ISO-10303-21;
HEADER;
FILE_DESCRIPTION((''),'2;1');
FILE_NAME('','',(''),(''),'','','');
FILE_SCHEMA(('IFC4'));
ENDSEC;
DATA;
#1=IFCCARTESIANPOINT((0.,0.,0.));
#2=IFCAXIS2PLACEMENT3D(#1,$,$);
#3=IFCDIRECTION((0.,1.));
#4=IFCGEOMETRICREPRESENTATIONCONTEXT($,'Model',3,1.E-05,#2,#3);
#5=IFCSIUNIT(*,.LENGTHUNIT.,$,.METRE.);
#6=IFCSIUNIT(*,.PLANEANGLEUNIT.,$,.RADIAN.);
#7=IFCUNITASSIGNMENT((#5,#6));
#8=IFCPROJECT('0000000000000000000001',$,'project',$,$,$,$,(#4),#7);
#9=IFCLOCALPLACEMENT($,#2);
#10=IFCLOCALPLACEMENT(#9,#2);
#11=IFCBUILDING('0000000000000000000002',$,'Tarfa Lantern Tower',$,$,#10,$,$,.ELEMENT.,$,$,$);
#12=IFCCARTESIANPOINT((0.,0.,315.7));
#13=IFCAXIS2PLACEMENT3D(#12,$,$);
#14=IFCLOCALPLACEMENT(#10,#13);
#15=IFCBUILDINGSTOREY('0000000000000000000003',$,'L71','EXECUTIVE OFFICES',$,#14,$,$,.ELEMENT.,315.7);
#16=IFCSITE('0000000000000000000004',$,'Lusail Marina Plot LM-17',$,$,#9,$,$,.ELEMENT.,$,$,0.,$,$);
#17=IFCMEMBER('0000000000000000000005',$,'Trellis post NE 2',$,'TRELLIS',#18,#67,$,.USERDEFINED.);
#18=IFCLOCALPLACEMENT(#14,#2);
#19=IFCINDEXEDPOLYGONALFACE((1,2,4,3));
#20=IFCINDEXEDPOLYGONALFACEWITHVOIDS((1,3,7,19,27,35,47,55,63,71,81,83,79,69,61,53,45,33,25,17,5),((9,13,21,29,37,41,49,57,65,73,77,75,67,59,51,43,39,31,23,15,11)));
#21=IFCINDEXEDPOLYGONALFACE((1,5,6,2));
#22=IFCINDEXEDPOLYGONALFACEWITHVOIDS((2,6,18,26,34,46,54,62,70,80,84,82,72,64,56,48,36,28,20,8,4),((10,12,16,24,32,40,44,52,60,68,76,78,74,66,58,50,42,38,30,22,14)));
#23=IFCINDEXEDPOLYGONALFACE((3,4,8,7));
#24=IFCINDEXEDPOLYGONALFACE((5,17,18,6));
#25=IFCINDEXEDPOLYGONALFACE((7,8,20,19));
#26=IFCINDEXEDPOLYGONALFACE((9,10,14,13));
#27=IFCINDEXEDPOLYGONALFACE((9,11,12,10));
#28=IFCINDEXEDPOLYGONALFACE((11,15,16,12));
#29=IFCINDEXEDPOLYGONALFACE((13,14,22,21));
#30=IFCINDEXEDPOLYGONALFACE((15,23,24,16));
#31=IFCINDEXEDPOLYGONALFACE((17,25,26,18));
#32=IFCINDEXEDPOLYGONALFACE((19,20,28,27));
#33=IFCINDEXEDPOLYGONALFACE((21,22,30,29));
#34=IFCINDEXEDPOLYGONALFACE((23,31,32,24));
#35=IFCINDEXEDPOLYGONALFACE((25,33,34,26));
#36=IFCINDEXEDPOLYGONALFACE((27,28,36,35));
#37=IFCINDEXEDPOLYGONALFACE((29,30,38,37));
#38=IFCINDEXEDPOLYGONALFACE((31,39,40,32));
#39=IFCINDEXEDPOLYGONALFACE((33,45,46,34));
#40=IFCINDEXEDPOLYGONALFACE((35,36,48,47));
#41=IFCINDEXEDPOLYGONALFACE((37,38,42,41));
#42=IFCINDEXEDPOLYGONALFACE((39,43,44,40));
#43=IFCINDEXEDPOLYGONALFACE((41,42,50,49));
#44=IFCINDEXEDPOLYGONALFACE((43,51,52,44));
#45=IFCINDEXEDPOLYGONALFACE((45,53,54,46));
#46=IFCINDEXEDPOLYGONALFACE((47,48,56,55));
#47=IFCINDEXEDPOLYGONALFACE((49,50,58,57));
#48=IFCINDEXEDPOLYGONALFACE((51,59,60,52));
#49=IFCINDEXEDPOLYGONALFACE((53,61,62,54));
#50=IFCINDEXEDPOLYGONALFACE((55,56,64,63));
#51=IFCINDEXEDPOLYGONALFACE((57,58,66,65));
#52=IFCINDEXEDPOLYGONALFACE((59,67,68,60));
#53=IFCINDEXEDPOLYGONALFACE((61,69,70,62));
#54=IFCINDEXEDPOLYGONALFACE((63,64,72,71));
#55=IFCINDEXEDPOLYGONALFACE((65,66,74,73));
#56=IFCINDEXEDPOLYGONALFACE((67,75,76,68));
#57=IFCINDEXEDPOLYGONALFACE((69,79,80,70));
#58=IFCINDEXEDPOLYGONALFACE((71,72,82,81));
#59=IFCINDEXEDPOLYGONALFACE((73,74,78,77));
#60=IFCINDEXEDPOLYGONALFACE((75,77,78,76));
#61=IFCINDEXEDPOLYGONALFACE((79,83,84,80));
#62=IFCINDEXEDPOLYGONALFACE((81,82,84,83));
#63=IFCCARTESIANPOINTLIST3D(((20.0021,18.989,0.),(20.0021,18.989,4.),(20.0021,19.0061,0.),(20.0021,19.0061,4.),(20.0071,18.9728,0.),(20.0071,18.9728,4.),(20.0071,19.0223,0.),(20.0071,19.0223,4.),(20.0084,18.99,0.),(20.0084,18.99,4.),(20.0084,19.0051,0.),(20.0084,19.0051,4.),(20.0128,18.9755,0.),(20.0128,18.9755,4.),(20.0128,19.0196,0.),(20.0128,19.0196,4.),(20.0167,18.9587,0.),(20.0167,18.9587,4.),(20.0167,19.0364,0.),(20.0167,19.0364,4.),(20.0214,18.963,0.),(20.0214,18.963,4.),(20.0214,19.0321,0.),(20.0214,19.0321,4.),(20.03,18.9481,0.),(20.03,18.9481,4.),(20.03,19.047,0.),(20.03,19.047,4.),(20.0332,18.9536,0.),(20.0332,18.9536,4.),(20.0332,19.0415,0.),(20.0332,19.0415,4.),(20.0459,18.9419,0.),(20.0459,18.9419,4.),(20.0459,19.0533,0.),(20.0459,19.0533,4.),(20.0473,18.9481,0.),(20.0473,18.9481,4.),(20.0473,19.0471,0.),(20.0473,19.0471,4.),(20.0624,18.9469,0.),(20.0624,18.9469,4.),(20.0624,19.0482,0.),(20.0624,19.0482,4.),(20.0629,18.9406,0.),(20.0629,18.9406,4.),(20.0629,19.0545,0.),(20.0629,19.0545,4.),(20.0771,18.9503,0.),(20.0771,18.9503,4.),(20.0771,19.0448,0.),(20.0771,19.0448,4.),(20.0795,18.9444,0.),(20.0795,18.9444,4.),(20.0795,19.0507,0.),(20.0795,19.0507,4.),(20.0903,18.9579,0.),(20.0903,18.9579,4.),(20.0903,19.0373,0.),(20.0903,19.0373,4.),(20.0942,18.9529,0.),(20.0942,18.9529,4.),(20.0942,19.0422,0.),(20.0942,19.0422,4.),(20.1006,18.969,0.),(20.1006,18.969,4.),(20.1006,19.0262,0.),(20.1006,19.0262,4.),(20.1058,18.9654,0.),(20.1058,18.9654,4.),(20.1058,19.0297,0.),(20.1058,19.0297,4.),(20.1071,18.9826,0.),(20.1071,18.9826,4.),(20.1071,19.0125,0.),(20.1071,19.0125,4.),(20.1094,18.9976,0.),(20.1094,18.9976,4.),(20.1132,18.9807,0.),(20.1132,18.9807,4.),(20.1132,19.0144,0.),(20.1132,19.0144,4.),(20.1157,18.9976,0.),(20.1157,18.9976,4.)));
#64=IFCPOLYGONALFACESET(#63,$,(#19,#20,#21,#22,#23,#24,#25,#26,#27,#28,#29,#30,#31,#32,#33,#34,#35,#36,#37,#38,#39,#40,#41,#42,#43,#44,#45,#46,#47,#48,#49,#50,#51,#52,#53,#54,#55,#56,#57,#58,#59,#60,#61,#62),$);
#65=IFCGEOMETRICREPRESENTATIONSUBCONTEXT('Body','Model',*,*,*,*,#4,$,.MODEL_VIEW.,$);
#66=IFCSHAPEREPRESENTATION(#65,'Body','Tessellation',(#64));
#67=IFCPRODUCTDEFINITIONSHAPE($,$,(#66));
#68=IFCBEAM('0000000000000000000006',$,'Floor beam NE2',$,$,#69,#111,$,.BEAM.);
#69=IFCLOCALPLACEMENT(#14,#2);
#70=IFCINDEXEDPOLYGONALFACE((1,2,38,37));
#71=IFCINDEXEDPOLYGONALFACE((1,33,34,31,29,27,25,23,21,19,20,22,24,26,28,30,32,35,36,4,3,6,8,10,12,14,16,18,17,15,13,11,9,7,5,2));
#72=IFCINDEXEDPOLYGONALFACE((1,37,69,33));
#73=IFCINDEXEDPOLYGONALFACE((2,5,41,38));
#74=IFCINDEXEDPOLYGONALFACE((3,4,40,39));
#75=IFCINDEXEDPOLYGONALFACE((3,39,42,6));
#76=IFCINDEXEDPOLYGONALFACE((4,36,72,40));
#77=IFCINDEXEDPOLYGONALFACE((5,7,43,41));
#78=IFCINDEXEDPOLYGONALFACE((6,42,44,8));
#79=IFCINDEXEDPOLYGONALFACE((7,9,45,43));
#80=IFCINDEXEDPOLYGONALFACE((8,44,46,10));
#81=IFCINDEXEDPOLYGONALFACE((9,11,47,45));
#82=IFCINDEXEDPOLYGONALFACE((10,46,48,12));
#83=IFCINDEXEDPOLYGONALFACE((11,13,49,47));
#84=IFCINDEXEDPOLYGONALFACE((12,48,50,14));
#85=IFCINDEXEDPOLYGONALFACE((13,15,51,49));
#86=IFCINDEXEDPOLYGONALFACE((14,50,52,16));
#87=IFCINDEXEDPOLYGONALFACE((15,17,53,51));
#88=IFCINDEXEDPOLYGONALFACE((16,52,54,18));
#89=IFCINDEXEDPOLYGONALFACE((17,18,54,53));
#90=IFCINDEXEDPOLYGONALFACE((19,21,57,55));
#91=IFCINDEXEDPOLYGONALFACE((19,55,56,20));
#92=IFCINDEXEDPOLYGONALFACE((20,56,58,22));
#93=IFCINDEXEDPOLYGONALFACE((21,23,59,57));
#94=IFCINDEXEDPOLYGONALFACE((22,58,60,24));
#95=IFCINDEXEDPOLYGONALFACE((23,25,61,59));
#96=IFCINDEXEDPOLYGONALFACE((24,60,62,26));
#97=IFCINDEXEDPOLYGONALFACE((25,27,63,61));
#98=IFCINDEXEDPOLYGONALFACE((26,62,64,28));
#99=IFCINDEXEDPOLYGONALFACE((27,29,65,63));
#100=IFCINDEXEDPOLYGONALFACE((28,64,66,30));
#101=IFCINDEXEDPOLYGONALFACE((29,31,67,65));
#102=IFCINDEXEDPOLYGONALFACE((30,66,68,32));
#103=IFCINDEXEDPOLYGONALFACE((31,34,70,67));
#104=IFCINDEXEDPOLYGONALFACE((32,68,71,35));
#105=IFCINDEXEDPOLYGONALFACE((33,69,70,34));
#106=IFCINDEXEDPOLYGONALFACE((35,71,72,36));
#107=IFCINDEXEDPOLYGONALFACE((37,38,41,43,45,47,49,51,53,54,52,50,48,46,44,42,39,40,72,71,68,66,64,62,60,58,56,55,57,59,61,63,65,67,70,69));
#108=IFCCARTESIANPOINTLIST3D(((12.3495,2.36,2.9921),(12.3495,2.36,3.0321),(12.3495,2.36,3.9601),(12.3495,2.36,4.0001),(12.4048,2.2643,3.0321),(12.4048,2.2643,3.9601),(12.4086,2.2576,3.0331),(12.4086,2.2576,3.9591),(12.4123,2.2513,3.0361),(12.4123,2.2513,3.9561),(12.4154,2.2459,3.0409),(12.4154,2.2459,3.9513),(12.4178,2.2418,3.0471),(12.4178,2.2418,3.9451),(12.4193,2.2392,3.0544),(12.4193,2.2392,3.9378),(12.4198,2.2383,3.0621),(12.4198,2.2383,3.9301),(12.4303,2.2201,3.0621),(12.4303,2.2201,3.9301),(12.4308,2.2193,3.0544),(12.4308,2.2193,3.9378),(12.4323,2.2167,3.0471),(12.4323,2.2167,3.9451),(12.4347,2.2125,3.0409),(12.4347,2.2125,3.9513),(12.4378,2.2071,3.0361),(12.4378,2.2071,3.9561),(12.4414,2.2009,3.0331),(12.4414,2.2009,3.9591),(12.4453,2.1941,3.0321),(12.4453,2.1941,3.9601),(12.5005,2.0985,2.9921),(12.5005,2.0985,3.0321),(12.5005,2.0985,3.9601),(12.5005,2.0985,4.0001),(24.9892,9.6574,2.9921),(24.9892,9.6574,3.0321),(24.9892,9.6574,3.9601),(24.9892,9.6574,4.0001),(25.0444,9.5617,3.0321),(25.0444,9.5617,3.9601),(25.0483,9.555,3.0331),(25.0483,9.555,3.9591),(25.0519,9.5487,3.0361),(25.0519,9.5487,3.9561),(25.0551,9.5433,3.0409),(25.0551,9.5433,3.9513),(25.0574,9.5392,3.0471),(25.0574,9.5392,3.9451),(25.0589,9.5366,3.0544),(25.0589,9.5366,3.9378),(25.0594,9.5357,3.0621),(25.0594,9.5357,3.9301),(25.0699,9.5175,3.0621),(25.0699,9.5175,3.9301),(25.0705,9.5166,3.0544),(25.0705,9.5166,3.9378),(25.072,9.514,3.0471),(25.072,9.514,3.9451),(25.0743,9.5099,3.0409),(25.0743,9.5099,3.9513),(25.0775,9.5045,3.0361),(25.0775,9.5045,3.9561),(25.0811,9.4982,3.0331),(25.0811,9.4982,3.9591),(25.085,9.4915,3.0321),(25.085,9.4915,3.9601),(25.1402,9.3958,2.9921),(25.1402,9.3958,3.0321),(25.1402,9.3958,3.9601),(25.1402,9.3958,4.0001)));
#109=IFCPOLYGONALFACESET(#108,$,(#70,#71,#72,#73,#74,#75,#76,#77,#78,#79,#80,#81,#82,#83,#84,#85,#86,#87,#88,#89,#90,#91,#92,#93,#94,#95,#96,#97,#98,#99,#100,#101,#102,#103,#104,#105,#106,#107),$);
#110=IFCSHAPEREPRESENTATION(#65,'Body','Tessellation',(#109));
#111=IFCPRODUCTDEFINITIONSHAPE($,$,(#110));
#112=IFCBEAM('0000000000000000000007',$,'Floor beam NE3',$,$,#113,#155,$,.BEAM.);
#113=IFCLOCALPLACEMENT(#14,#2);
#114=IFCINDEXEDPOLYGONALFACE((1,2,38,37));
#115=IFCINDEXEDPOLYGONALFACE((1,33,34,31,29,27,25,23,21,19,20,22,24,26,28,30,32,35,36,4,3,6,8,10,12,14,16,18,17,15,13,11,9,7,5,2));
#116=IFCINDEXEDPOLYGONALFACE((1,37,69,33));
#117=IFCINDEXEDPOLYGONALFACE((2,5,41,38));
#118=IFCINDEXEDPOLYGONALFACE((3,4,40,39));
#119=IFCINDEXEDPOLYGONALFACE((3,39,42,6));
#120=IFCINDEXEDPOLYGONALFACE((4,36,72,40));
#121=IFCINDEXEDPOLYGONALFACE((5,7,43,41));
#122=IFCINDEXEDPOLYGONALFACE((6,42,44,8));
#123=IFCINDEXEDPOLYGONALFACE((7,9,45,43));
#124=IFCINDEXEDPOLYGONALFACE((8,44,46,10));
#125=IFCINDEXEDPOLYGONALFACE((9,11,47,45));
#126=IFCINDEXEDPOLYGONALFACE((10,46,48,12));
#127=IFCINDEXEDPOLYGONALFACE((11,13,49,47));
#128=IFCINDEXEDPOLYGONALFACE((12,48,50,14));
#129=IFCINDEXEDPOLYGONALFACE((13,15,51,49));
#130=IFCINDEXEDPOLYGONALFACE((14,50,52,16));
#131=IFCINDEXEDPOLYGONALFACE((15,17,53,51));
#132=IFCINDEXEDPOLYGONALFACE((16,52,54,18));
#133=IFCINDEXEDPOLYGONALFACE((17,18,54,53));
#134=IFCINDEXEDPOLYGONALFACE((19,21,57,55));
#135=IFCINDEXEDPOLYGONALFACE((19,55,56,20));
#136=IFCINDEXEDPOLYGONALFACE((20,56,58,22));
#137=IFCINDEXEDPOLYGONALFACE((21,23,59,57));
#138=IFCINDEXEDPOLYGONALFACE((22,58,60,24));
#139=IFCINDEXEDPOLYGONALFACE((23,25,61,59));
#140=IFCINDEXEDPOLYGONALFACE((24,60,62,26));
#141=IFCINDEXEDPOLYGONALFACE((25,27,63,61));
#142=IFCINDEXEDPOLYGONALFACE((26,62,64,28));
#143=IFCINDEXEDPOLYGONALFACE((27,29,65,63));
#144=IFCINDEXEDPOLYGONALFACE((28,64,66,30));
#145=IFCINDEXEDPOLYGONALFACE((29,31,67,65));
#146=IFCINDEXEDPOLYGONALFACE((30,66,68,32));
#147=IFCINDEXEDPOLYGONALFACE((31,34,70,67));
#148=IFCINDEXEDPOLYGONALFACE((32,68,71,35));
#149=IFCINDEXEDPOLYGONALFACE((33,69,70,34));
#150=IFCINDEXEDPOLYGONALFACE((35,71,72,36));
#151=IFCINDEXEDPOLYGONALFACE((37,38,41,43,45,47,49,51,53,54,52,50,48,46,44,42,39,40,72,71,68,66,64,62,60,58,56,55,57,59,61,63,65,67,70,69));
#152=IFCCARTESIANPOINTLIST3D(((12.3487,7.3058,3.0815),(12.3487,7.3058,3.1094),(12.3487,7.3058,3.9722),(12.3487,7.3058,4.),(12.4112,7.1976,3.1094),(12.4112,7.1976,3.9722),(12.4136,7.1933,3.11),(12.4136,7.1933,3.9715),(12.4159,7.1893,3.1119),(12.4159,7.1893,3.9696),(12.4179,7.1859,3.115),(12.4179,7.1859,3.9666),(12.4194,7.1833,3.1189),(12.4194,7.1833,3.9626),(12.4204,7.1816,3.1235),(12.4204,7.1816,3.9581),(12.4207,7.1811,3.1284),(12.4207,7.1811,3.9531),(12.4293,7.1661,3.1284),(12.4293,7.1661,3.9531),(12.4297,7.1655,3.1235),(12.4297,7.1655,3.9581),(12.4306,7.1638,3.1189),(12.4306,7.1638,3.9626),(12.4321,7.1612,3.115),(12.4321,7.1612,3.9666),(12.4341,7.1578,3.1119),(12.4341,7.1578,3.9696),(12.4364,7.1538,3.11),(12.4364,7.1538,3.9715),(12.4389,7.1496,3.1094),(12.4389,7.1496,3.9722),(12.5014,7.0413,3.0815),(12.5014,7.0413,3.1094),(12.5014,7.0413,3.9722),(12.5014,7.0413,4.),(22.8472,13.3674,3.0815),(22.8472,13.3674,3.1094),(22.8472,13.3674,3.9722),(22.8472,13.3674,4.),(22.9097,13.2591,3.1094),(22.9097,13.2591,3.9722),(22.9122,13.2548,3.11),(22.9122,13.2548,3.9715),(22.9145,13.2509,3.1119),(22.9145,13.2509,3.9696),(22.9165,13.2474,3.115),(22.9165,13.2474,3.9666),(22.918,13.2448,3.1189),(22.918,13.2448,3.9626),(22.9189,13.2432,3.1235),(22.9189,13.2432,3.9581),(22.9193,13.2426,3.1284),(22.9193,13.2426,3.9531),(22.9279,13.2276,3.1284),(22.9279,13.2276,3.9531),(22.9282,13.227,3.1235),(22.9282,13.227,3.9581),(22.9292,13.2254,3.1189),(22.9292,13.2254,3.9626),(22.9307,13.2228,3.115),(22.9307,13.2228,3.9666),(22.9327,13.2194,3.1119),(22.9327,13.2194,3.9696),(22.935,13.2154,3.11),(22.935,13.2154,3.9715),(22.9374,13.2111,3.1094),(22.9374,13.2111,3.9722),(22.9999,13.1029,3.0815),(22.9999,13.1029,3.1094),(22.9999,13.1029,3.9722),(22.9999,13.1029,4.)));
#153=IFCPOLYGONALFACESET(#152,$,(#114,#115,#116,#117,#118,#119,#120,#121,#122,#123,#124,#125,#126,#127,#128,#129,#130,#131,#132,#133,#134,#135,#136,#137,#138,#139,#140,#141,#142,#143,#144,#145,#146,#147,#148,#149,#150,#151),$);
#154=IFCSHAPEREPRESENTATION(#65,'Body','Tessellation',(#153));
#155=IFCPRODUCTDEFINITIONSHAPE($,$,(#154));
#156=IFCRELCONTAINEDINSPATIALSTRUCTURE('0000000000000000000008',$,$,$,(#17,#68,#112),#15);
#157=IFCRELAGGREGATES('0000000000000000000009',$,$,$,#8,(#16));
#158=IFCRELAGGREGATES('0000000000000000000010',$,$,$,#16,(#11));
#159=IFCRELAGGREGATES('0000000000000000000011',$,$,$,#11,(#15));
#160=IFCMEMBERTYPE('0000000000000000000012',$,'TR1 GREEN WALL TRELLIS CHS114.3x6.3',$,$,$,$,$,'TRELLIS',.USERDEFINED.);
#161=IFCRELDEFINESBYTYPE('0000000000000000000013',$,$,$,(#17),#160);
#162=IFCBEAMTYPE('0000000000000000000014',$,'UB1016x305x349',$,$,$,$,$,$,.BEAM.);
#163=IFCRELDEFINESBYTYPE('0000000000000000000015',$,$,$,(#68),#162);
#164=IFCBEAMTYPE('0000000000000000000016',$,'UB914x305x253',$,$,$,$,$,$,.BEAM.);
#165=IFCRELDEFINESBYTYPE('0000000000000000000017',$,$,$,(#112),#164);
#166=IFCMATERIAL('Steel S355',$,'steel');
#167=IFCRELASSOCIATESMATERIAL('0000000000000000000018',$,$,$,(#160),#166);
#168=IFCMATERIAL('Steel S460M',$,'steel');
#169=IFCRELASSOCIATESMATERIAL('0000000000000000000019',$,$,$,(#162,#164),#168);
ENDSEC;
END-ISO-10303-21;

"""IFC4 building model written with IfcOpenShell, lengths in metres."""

from ifc_helpers import new_model, si_unit, direction, frame, origin, origin_2d, place, context, subcontext, project, spatial, hollow_circle, i_section, extrude, material, material_profile, profile_set, type_object, element, save


model = new_model("IFC4")

# Units and contexts
model_context = context("Model", 3, precision=1e-05, world=origin(), true_north=direction((0.0, 1.0)))
body_context = subcontext(model_context, "Body", "Model", "MODEL_VIEW")
ifc_project = project(units=[si_unit("LENGTHUNIT", "METRE"), si_unit("PLANEANGLEUNIT", "RADIAN")], contexts=[model_context])

# Site, building, storey
site_placement = place(None, origin())
site = spatial("IfcSite", under=ifc_project, at=site_placement, Name="Lusail Marina Plot LM-17", CompositionType="ELEMENT", RefElevation=0.0)
building_placement = place(site_placement, origin())
building = spatial("IfcBuilding", under=site, at=building_placement, Name="Tarfa Lantern Tower", CompositionType="ELEMENT")
storey_placement = place(building_placement, frame((0.0, 0.0, 315.7)))
storey = spatial("IfcBuildingStorey", under=building, at=storey_placement, Name="L71", Description="EXECUTIVE OFFICES", CompositionType="ELEMENT", Elevation=315.7)

# Member
ifc_material_1 = material(Name="Steel S355", Category="steel")
ifc_material_profile_1 = material_profile(ifc_material_1, hollow_circle(Radius=0.0571, WallThickness=0.0063, at=origin_2d()), Name="CHS114.3x6.3")
ifc_profile_set_1 = profile_set([ifc_material_profile_1], Name="Steel S355")
member_type_1 = type_object("IfcMemberType", Name="TR1 GREEN WALL TRELLIS CHS114.3x6.3", ElementType="TRELLIS", PredefinedType="USERDEFINED", material=ifc_profile_set_1)
member_1_placement = place(storey_placement, frame((20.0586, 18.9976, 0.0), z_axis=(0.0, 0.0, 1.0), x_axis=(1.0, 0.0, 0.0)))
element("IfcMember", 1, at=member_1_placement, inside=storey, type_object=member_type_1, Name="Trellis post NE 2", ObjectType="TRELLIS", PredefinedType="USERDEFINED", context=body_context, shape_type="SweptSolid", body=[
    extrude(hollow_circle(Radius=0.0571, WallThickness=0.0063, at=origin_2d()), origin(), (0.0, 0.0, 1.0), 4.0),
])

# Beams
ifc_material_2 = material(Name="Steel S460M", Category="steel")
ifc_material_profile_2 = material_profile(ifc_material_2, i_section(OverallWidth=0.302, OverallDepth=1.0081, WebThickness=0.021, FlangeThickness=0.04, FilletRadius=0.03, at=origin_2d()), Name="UB1016x305x349")
ifc_profile_set_2 = profile_set([ifc_material_profile_2], Name="Steel S460M")
beam_type_1 = type_object("IfcBeamType", Name="UB1016x305x349", PredefinedType="BEAM", material=ifc_profile_set_2)
beam_1_placement = place(storey_placement, frame((25.0647, 9.5266, 3.4961), z_axis=(-0.86603, -0.499993, 0.0), x_axis=(0.499993, -0.86603, 0.0)))
element("IfcBeam", 2, at=beam_1_placement, inside=storey, type_object=beam_type_1, Name="Floor beam NE2", PredefinedType="BEAM", context=body_context, shape_type="SweptSolid", body=[
    extrude(i_section(OverallWidth=0.302, OverallDepth=1.0081, WebThickness=0.021, FlangeThickness=0.04, FilletRadius=0.03, at=origin_2d()), origin(), (0.0, 0.0, 1.0), 14.595),
])
ifc_material_profile_3 = material_profile(ifc_material_2, i_section(OverallWidth=0.3054, OverallDepth=0.9185, WebThickness=0.0173, FlangeThickness=0.0278, FilletRadius=0.019, at=origin_2d()), Name="UB914x305x253")
ifc_profile_set_3 = profile_set([ifc_material_profile_3], Name="Steel S460M")
beam_type_2 = type_object("IfcBeamType", Name="UB914x305x253", PredefinedType="BEAM", material=ifc_profile_set_3)
beam_2_placement = place(storey_placement, frame((22.9236, 13.2351, 3.5408), z_axis=(-0.866019, -0.500012, 0.0), x_axis=(0.500012, -0.866019, 0.0)))
element("IfcBeam", 3, at=beam_2_placement, inside=storey, type_object=beam_type_2, Name="Floor beam NE3", PredefinedType="BEAM", context=body_context, shape_type="SweptSolid", body=[
    extrude(i_section(OverallWidth=0.3054, OverallDepth=0.9185, WebThickness=0.0173, FlangeThickness=0.0278, FilletRadius=0.019, at=origin_2d()), origin(), (0.0, 0.0, 1.0), 12.1228),
])

save(model, "model.ifc")
